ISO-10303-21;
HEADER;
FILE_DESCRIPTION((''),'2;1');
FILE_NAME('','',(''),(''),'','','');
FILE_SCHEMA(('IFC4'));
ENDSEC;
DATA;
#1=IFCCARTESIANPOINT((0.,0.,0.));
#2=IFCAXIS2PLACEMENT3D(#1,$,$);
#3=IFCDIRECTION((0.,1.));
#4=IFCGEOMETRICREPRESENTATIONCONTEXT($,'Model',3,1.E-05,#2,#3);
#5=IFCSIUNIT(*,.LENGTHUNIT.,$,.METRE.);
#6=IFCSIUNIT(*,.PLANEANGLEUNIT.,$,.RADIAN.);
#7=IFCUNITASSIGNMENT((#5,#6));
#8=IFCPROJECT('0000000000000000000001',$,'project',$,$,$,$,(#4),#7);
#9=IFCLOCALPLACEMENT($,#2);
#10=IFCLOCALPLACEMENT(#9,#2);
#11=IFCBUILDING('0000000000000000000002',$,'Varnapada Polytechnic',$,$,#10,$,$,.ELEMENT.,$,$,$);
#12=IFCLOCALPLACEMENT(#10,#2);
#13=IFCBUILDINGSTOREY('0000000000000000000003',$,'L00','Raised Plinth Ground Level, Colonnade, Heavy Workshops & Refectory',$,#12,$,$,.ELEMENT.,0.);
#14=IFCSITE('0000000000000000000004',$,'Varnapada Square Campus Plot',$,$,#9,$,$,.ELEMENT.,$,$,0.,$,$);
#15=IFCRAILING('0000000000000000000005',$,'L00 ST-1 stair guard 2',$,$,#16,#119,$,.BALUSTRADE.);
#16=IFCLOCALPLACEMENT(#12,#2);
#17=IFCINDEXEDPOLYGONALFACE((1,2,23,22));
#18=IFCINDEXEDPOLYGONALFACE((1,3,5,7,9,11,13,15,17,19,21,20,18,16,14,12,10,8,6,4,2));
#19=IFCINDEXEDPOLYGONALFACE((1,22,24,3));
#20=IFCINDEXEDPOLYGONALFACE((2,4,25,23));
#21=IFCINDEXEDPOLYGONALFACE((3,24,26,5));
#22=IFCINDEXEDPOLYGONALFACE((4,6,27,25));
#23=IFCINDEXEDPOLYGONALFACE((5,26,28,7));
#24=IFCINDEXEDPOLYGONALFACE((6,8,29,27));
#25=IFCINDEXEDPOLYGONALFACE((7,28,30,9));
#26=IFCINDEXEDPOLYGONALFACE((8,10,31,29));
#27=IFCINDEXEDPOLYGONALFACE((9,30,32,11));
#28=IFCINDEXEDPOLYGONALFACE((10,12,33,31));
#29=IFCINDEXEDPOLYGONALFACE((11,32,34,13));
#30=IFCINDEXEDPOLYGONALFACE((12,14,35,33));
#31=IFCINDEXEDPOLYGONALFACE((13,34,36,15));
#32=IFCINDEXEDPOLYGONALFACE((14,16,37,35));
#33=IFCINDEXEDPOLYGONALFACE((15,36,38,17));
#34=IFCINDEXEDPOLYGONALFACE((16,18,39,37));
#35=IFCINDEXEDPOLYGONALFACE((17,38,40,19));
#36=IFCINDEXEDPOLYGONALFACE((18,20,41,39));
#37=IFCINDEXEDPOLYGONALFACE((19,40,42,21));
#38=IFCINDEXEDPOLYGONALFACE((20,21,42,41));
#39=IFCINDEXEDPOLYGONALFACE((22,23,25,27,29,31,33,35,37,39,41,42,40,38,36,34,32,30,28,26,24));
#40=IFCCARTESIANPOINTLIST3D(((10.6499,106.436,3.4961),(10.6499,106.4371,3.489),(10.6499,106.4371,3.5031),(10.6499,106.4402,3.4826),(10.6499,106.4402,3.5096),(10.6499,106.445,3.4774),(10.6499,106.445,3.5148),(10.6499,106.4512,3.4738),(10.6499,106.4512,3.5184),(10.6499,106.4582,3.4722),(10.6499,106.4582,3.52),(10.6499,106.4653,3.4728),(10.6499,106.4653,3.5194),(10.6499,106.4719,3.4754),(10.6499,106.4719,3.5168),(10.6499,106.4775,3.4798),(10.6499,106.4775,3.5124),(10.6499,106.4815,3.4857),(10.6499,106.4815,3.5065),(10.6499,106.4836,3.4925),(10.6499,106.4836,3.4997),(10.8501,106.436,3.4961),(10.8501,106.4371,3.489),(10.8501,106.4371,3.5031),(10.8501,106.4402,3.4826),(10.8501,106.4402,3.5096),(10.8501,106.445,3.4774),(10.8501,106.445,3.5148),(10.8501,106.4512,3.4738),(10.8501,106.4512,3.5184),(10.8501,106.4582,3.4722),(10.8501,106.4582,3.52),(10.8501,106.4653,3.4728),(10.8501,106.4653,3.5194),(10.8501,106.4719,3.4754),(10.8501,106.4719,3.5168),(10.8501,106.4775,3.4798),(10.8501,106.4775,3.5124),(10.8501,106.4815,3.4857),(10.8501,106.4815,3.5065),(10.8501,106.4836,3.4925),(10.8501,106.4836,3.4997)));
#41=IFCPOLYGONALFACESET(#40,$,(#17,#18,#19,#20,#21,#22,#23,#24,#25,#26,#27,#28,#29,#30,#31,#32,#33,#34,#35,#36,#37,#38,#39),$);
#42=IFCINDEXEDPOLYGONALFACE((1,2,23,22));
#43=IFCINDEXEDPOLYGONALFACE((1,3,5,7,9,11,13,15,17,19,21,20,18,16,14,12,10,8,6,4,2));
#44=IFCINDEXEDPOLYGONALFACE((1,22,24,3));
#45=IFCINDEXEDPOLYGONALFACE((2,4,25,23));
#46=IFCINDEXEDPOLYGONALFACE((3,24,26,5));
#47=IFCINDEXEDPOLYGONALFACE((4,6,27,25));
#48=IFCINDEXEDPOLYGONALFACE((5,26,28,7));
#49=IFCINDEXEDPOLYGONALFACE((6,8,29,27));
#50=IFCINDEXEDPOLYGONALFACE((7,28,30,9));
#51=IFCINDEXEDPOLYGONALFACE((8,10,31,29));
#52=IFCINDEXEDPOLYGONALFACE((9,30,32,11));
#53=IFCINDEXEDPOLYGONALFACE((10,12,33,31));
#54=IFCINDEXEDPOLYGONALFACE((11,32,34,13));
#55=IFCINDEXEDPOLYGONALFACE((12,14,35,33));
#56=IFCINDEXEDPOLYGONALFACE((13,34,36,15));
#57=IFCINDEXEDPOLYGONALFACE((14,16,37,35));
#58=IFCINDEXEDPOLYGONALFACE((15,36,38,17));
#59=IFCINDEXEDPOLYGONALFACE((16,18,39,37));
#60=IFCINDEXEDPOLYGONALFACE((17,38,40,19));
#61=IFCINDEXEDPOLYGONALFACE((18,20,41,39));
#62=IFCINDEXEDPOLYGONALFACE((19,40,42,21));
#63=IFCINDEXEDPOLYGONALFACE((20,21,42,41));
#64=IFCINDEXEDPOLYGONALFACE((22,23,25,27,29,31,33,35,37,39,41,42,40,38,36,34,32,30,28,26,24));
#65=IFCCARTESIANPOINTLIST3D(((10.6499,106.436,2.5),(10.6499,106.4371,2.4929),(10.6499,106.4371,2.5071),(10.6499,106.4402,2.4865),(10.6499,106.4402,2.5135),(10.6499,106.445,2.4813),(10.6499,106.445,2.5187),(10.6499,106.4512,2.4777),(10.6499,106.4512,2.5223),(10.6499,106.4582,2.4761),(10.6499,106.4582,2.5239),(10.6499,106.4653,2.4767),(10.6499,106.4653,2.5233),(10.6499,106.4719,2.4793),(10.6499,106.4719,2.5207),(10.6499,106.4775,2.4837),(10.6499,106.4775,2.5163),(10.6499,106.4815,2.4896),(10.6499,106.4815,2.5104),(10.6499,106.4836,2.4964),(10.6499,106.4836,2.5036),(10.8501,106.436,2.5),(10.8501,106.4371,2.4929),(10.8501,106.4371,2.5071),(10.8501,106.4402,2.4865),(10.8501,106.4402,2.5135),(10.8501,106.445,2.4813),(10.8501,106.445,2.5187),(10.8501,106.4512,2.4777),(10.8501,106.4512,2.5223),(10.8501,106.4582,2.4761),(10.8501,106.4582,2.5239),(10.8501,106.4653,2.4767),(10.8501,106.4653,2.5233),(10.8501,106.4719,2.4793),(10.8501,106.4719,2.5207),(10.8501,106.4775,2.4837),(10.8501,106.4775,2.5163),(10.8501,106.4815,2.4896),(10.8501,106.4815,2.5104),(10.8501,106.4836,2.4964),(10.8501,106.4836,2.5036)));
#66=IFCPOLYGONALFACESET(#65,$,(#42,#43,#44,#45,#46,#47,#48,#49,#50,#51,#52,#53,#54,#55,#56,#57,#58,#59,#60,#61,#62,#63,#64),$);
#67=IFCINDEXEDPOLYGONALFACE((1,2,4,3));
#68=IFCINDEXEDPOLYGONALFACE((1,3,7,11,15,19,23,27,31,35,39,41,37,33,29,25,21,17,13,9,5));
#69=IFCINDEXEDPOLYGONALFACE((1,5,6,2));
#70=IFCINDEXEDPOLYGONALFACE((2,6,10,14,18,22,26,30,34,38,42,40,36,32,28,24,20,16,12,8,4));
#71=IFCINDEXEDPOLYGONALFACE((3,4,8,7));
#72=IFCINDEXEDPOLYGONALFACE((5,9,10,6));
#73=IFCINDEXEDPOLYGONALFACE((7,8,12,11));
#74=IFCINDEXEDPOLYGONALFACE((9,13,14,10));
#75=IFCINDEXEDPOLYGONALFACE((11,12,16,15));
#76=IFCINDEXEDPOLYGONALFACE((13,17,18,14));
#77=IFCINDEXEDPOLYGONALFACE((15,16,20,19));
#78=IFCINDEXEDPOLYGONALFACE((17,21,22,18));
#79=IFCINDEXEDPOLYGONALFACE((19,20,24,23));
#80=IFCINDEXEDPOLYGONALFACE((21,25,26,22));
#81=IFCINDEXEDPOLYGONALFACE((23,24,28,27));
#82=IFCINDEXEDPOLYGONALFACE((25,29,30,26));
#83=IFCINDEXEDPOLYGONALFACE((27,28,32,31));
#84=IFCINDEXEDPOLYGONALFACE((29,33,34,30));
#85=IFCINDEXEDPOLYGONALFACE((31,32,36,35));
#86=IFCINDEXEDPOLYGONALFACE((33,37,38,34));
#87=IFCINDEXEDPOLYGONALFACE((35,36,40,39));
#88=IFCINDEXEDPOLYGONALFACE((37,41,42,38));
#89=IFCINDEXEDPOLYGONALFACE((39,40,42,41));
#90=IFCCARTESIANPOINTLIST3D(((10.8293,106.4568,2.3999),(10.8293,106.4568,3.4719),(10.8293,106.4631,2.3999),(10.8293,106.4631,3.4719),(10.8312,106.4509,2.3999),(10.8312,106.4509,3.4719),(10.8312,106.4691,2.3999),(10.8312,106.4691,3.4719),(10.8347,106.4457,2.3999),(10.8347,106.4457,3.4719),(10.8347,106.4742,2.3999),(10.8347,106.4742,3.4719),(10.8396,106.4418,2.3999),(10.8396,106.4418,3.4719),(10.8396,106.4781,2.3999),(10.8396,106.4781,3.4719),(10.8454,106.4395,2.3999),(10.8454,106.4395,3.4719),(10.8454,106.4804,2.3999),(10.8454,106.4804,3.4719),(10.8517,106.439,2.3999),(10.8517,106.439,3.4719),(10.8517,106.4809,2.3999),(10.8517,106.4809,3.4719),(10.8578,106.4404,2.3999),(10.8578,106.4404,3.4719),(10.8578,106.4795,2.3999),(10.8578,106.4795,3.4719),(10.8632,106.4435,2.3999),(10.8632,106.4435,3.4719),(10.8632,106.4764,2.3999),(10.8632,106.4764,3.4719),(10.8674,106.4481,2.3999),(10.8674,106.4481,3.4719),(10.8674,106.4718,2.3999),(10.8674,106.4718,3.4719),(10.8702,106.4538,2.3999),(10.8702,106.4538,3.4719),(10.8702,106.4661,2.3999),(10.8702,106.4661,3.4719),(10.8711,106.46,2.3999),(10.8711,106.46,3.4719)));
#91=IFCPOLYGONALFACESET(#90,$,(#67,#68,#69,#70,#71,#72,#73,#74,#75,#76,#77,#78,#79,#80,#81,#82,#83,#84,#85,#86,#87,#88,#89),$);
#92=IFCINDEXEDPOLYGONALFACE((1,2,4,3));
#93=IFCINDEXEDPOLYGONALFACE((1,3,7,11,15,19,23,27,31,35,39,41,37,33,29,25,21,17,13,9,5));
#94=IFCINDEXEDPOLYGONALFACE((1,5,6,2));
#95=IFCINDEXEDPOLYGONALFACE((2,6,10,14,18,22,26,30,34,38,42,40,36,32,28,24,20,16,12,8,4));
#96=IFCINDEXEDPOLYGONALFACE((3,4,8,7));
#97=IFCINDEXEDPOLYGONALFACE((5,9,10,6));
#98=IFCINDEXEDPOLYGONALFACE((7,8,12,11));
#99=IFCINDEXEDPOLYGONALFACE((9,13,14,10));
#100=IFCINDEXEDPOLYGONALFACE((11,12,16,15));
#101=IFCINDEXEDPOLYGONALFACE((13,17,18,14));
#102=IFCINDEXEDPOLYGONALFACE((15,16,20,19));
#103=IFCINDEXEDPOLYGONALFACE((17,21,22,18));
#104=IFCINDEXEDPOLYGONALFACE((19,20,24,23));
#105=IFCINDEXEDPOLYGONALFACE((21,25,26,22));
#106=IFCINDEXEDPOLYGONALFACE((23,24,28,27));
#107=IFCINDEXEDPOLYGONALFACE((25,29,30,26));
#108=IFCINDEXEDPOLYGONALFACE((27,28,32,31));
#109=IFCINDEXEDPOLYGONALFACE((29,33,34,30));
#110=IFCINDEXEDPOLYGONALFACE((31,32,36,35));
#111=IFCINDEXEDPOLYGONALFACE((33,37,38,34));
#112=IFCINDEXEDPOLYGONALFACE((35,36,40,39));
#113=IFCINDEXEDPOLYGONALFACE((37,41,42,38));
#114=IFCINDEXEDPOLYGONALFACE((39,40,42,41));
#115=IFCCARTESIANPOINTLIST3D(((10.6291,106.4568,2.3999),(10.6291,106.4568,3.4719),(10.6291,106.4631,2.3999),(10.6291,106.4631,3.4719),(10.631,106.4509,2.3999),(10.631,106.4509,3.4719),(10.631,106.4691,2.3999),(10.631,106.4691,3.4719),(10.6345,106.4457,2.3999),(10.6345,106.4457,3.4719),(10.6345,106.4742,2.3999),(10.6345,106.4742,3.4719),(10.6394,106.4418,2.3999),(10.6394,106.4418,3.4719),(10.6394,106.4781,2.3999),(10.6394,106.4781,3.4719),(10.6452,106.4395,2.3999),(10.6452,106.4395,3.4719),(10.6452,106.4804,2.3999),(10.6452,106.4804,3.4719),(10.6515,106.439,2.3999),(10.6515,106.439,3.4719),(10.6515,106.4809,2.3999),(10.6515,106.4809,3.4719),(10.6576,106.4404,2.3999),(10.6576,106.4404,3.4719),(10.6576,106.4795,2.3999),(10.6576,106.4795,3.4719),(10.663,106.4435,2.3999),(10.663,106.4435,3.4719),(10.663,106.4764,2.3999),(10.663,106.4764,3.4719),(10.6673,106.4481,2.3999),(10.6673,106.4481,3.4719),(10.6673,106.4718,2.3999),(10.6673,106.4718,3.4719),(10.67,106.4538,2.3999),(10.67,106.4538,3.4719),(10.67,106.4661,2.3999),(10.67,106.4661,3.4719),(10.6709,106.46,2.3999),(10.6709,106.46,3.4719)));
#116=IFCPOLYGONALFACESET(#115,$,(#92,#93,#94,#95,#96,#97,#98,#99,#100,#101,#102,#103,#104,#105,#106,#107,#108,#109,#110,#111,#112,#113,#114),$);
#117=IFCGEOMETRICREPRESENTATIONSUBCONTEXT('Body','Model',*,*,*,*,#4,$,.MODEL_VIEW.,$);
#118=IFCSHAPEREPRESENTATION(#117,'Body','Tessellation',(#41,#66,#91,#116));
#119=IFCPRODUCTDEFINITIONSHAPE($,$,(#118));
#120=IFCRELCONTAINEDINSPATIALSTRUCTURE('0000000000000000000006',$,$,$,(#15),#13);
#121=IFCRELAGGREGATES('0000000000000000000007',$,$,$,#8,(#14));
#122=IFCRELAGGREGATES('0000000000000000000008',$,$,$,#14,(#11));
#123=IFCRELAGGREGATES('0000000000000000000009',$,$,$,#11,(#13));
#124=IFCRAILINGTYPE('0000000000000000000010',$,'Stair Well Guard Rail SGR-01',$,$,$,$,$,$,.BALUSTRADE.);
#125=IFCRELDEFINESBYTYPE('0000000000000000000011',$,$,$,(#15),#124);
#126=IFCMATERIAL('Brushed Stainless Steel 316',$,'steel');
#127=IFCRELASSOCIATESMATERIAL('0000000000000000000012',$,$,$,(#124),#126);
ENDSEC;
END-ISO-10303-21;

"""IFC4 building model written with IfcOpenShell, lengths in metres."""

from ifc_helpers import new_model, si_unit, direction, frame, origin, origin_2d, place, context, subcontext, project, spatial, circle, extrude, material, type_object, element, save


model = new_model("IFC4")

# Units and contexts
model_context = context("Model", 3, precision=1e-05, world=origin(), true_north=direction((0.0, 1.0)))
body_context = subcontext(model_context, "Body", "Model", "MODEL_VIEW")
ifc_project = project(units=[si_unit("LENGTHUNIT", "METRE"), si_unit("PLANEANGLEUNIT", "RADIAN")], contexts=[model_context])

# Site, building, storey
site_placement = place(None, origin())
site = spatial("IfcSite", under=ifc_project, at=site_placement, Name="Varnapada Square Campus Plot", CompositionType="ELEMENT", RefElevation=0.0)
building_placement = place(site_placement, origin())
building = spatial("IfcBuilding", under=site, at=building_placement, Name="Varnapada Polytechnic", CompositionType="ELEMENT")
storey_placement = place(building_placement, origin())
storey = spatial("IfcBuildingStorey", under=building, at=storey_placement, Name="L00", Description="Raised Plinth Ground Level, Colonnade, Heavy Workshops & Refectory", CompositionType="ELEMENT", Elevation=0.0)

# Shared definitions
ifc_material_1 = material(Name="Brushed Stainless Steel 316", Category="steel")

# Railing
railing_type_1 = type_object("IfcRailingType", Name="Stair Well Guard Rail SGR-01", PredefinedType="BALUSTRADE", material=ifc_material_1)
railing_1_placement = place(storey_placement, frame((10.8501, 106.46, 2.3999)))
element("IfcRailing", 1, at=railing_1_placement, inside=storey, type_object=railing_type_1, Name="L00 ST-1 stair guard 2", PredefinedType="BALUSTRADE", context=body_context, shape_type="SweptSolid", body=[
    extrude(circle(Radius=0.0239, at=origin_2d()), frame((0.0, 0.0, 1.0962), z_axis=(-1.0, 0.0, 0.0), x_axis=(0.0, -1.0, 0.0)), (0.0, 0.0, 1.0), 0.2002),
    extrude(circle(Radius=0.0239, at=origin_2d()), frame((0.0, 0.0, 0.1001), z_axis=(-1.0, 0.0, 0.0), x_axis=(0.0, -1.0, 0.0)), (0.0, 0.0, 1.0), 0.2002),
    extrude(circle(Radius=0.021, at=origin_2d()), origin(), (0.0, 0.0, 1.0), 1.072),
    extrude(circle(Radius=0.021, at=origin_2d()), frame((-0.2002, 0.0, 0.0)), (0.0, 0.0, 1.0), 1.072),
])

save(model, "model.ifc")
